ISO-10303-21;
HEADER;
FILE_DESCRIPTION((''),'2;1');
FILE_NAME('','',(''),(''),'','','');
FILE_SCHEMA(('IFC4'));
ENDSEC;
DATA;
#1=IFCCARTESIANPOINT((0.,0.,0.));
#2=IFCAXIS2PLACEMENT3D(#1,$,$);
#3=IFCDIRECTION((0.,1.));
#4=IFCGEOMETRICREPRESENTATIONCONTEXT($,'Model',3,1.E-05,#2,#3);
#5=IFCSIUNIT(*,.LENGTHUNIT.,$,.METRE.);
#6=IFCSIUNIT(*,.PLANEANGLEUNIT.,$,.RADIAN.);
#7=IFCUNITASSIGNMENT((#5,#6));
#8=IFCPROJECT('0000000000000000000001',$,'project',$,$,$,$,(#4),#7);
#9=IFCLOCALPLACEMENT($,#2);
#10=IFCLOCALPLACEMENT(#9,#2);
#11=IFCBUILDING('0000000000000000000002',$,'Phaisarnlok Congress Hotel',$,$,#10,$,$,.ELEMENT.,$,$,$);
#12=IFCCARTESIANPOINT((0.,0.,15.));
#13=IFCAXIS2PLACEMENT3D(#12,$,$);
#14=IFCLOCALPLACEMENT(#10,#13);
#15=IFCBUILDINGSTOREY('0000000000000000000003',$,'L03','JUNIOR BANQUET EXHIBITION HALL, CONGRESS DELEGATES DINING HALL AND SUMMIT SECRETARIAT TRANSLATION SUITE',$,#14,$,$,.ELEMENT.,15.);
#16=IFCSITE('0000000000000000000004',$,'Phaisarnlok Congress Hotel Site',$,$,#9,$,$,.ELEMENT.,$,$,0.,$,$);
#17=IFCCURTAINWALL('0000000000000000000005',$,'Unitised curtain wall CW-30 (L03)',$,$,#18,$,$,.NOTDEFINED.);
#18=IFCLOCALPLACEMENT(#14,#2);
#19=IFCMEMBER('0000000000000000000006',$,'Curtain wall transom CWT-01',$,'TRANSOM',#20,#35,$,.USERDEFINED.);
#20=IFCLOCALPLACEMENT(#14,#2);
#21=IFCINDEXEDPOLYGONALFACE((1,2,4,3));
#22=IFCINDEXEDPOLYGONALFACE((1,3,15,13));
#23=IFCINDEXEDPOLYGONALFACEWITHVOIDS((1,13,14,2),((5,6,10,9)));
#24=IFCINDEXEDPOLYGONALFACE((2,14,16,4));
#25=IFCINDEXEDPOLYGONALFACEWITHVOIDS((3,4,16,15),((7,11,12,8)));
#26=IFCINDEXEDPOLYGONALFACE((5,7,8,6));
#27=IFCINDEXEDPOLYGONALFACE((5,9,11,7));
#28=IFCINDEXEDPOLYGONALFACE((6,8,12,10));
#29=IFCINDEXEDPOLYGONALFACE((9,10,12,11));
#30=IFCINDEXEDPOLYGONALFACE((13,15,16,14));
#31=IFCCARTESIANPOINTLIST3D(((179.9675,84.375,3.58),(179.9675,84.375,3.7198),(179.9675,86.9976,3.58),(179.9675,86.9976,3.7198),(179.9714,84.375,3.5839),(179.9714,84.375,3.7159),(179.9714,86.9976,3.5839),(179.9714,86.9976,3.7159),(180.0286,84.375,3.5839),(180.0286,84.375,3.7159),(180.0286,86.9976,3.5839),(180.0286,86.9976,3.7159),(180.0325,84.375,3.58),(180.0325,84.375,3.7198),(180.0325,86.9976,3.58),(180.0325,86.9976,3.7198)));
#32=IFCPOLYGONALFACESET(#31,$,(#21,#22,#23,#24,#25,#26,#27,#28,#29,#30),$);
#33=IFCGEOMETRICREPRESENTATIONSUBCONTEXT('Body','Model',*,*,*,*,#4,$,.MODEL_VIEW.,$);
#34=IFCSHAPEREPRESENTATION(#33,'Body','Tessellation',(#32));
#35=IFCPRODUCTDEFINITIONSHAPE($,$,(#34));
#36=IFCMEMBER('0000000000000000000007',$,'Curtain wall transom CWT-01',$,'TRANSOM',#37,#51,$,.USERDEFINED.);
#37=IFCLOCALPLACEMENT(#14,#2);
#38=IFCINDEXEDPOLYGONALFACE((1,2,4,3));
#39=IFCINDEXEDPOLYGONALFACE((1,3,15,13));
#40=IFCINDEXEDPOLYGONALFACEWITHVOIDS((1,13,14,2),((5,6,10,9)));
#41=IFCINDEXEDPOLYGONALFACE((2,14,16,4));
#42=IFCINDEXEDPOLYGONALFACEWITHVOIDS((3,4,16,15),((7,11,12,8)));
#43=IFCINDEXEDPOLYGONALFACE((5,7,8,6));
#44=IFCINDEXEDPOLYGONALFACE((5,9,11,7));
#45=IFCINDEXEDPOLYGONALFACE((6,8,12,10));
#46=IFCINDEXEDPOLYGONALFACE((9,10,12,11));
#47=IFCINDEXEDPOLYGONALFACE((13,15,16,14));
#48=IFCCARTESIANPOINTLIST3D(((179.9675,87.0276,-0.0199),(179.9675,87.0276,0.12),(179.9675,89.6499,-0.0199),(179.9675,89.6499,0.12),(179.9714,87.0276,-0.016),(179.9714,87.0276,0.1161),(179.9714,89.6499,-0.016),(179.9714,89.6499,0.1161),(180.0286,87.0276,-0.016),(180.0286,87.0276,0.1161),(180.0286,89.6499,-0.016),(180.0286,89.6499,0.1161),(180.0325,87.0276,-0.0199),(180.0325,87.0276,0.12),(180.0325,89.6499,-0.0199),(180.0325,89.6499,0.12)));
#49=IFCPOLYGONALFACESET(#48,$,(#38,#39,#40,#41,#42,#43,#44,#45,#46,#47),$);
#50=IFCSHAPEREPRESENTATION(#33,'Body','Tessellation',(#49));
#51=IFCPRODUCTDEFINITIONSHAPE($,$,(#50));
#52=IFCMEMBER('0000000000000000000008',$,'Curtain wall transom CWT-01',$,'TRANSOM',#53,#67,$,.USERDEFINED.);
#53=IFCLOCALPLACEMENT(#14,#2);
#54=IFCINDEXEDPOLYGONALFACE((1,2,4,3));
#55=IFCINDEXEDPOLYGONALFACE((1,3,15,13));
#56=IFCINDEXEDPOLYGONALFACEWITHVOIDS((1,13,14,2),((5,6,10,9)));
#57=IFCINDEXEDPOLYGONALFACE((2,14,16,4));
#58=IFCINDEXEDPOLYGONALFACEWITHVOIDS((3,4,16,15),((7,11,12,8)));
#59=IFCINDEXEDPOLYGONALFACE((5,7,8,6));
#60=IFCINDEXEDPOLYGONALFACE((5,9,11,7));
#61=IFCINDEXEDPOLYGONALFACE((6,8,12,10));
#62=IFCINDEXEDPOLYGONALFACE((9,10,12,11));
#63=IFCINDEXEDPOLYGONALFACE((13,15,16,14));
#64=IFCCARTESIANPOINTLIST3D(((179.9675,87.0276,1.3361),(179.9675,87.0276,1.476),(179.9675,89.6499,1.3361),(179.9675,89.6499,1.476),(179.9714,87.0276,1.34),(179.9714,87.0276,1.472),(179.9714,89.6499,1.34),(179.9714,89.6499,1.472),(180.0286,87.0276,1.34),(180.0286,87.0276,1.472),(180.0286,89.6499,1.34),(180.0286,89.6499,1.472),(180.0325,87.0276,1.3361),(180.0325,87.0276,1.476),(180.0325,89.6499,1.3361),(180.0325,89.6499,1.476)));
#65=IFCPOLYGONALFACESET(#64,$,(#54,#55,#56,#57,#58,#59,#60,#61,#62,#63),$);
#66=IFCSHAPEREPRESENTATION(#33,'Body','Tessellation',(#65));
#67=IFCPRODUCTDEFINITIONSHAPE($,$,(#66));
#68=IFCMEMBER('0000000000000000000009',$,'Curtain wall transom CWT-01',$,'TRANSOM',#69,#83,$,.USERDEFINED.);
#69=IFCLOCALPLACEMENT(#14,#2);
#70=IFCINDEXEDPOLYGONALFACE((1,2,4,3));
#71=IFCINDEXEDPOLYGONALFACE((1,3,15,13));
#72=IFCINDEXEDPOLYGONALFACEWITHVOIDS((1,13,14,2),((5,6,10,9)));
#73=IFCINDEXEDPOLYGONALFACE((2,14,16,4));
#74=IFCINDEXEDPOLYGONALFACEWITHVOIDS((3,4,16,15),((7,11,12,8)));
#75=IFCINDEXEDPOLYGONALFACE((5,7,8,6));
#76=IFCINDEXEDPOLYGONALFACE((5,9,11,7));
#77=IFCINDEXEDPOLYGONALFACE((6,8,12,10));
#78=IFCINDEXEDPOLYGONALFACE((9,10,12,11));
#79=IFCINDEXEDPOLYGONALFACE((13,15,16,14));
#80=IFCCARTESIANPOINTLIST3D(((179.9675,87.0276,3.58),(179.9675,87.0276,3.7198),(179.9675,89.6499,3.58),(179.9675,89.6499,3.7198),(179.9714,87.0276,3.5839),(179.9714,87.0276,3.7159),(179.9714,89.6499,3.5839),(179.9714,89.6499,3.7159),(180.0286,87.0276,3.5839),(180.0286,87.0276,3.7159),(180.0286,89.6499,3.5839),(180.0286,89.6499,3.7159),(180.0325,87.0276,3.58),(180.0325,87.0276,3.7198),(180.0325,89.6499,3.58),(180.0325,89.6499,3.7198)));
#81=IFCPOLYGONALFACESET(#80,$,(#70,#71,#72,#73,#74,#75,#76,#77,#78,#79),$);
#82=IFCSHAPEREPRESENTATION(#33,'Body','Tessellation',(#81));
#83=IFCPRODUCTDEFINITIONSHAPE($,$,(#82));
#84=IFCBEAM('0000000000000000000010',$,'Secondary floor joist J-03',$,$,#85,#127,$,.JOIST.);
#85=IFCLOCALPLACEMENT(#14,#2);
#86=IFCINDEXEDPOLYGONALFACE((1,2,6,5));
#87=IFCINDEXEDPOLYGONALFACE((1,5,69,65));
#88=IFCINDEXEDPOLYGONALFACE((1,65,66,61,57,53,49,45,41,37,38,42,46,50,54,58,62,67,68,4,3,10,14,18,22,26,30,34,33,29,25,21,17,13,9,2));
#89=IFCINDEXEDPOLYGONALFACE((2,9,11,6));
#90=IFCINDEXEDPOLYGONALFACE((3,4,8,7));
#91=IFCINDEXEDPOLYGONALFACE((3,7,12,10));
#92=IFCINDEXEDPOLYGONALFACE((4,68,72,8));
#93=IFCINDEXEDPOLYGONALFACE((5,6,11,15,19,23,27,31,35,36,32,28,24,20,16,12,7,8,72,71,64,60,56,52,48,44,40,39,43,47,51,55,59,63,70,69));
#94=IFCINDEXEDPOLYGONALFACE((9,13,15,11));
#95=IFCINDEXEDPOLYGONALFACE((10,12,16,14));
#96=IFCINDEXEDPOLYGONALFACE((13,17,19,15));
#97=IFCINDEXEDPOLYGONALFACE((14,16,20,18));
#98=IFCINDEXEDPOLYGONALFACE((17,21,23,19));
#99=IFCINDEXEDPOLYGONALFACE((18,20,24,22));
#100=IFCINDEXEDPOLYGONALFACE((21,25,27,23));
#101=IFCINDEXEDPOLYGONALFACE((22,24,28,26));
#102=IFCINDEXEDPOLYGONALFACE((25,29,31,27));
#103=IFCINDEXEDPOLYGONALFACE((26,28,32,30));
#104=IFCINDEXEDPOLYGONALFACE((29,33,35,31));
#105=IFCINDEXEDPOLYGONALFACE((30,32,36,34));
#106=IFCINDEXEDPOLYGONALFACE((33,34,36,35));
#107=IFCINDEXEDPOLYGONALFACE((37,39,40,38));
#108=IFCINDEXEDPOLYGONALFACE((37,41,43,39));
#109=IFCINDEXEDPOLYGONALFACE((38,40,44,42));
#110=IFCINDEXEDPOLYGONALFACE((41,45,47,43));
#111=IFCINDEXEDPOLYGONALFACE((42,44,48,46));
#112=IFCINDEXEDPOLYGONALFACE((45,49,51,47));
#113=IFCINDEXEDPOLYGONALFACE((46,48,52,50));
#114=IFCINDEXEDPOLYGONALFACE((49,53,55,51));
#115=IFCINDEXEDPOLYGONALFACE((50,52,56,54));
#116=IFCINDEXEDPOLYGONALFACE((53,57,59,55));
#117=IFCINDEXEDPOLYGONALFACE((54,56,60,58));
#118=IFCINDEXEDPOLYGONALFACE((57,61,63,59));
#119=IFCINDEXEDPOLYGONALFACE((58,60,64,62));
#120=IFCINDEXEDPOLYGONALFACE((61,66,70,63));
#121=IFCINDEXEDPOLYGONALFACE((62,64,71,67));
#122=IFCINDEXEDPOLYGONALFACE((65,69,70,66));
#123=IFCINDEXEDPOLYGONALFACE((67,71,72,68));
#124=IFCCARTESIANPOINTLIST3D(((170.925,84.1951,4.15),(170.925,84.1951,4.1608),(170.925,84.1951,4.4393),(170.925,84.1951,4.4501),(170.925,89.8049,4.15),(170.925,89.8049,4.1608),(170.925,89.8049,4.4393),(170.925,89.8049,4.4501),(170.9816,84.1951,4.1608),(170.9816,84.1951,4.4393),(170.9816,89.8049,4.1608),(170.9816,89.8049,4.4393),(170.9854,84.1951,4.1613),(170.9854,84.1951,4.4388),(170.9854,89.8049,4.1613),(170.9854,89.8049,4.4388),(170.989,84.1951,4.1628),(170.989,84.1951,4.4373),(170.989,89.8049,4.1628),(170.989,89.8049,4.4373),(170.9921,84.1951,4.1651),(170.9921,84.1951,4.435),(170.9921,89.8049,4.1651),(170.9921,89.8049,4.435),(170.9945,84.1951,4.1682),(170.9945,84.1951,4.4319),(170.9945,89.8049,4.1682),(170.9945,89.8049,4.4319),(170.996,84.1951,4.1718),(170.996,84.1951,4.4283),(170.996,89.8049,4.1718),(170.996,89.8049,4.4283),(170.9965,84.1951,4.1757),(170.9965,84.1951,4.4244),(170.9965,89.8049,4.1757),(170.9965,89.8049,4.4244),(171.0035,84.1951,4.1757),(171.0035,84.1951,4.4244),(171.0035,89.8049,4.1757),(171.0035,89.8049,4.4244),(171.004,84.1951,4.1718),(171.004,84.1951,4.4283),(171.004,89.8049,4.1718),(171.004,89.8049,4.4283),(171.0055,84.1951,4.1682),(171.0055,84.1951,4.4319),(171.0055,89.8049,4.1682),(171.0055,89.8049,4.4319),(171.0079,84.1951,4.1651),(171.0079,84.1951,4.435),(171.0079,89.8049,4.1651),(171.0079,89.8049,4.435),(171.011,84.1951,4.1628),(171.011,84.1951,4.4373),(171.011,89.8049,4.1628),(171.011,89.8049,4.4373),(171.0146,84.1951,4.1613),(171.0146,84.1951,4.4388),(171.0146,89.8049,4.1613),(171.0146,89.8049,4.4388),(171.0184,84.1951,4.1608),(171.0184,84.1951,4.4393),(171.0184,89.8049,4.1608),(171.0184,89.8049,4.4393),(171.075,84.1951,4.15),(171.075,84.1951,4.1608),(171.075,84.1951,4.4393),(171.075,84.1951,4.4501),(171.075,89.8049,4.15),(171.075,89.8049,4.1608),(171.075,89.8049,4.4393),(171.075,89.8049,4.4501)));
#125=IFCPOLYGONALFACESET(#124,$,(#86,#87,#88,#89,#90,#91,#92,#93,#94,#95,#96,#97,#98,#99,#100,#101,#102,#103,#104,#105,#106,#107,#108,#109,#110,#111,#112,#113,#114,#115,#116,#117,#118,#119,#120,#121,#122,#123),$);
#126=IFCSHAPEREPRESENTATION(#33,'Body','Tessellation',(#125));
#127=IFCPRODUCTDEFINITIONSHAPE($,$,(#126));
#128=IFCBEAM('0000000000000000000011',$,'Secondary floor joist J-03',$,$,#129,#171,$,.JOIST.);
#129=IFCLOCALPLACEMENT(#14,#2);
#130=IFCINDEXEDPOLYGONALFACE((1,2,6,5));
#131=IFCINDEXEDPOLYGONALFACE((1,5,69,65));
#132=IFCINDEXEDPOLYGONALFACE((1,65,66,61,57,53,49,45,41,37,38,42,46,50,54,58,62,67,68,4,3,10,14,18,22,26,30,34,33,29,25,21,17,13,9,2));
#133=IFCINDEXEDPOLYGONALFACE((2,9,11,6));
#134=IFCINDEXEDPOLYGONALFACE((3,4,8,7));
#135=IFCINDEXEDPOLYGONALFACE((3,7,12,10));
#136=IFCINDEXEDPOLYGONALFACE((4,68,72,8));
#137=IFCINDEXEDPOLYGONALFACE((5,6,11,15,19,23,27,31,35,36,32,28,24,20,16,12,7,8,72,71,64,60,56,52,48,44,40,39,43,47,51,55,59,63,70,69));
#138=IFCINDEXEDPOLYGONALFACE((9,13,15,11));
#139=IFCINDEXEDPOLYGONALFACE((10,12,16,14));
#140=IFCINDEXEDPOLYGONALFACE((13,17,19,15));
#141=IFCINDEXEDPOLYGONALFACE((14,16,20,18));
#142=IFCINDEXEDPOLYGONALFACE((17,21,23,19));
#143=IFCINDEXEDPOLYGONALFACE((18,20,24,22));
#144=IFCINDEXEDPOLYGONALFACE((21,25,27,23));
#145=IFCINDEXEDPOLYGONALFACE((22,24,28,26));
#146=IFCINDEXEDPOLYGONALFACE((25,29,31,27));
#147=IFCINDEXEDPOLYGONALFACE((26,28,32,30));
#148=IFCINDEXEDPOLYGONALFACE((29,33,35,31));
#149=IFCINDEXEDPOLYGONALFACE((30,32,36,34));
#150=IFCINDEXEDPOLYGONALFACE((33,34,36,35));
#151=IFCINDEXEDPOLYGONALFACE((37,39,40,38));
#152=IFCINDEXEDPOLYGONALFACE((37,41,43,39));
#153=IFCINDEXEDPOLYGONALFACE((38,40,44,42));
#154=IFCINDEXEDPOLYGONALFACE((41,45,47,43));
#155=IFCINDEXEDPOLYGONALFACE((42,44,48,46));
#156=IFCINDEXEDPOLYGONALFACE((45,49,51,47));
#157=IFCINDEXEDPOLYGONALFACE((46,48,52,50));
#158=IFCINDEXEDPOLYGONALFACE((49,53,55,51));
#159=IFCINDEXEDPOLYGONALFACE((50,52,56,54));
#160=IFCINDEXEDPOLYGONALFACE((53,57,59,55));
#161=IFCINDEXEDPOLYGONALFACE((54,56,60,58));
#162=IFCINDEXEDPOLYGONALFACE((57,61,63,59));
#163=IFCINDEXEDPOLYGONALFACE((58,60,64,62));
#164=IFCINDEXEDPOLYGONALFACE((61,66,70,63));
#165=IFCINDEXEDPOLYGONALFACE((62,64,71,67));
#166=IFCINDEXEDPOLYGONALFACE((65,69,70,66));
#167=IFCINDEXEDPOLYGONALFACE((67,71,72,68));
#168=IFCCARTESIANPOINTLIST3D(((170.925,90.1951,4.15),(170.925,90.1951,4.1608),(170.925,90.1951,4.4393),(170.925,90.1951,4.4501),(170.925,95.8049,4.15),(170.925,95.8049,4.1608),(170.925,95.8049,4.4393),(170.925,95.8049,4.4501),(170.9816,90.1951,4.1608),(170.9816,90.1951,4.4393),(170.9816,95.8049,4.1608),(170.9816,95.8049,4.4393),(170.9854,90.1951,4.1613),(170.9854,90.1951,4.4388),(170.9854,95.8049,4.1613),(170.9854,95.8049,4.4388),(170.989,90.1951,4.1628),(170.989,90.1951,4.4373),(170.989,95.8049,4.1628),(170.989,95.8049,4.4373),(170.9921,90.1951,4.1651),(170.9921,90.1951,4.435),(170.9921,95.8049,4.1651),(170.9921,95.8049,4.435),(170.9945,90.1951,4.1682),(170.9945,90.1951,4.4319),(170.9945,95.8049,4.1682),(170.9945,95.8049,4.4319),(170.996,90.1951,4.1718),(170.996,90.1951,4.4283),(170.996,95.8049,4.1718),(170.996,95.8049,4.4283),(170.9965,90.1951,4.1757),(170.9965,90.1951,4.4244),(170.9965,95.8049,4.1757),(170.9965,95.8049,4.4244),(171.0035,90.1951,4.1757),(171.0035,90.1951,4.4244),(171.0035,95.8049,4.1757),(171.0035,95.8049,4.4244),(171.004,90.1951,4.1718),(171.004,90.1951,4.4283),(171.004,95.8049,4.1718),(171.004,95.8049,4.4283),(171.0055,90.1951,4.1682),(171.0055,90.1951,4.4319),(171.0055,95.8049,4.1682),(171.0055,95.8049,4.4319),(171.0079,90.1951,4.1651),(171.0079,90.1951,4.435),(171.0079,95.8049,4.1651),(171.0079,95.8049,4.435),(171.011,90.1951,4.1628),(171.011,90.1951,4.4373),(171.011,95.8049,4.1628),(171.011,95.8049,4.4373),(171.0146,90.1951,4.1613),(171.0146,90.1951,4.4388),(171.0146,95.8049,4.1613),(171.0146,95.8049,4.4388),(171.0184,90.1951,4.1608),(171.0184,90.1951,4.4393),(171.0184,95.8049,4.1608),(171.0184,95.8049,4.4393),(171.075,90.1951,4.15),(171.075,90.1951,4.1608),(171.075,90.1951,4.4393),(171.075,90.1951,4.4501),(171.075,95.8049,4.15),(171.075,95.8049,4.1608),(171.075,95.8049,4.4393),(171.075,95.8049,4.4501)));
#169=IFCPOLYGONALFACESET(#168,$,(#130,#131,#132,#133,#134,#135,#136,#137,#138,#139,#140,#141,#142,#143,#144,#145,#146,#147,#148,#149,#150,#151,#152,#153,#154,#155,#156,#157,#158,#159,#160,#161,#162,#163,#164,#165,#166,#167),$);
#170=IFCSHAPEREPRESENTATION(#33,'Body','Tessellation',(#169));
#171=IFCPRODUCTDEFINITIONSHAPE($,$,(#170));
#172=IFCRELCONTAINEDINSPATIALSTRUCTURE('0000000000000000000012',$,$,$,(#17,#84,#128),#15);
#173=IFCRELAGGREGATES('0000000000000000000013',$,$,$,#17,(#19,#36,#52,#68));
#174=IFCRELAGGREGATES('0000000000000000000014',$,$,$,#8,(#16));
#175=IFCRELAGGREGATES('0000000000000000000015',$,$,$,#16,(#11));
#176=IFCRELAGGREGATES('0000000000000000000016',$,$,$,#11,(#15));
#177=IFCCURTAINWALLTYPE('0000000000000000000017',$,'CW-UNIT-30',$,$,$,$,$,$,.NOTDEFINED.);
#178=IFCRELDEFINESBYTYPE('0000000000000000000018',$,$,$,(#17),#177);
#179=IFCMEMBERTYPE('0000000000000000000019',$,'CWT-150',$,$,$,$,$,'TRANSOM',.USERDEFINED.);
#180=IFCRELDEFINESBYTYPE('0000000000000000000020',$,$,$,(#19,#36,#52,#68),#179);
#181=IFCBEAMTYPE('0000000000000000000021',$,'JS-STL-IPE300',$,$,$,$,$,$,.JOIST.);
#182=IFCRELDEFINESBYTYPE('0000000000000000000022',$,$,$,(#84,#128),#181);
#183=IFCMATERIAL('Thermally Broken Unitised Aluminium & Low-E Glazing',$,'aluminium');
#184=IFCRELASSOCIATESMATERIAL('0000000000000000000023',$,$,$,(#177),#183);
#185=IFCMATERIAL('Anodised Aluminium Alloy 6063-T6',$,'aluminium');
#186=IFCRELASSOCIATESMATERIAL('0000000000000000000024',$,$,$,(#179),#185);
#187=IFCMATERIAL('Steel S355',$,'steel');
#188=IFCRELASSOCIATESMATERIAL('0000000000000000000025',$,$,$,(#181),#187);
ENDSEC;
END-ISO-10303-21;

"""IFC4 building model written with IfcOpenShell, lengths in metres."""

from ifc_helpers import new_model, si_unit, direction, frame, origin, origin_2d, place, context, subcontext, project, spatial, hollow_rectangle, i_section, extrude, material, material_profile, profile_set, type_object, element, aggregate, save


model = new_model("IFC4")

# Units and contexts
model_context = context("Model", 3, precision=1e-05, world=origin(), true_north=direction((0.0, 1.0)))
body_context = subcontext(model_context, "Body", "Model", "MODEL_VIEW")
ifc_project = project(units=[si_unit("LENGTHUNIT", "METRE"), si_unit("PLANEANGLEUNIT", "RADIAN")], contexts=[model_context])

# Site, building, storey
site_placement = place(None, origin())
site = spatial("IfcSite", under=ifc_project, at=site_placement, Name="Phaisarnlok Congress Hotel Site", CompositionType="ELEMENT", RefElevation=0.0)
building_placement = place(site_placement, origin())
building = spatial("IfcBuilding", under=site, at=building_placement, Name="Phaisarnlok Congress Hotel", CompositionType="ELEMENT")
storey_placement = place(building_placement, frame((0.0, 0.0, 15.0)))
storey = spatial("IfcBuildingStorey", under=building, at=storey_placement, Name="L03", Description="JUNIOR BANQUET EXHIBITION HALL, CONGRESS DELEGATES DINING HALL AND SUMMIT SECRETARIAT TRANSLATION SUITE", CompositionType="ELEMENT", Elevation=15.0)

# Shared definitions
ifc_material_1 = material(Name="Steel S355", Category="steel")

# Curtain wall, members
ifc_material_2 = material(Name="Thermally Broken Unitised Aluminium & Low-E Glazing", Category="aluminium")
curtain_wall_type = type_object("IfcCurtainWallType", Name="CW-UNIT-30", PredefinedType="NOTDEFINED", material=ifc_material_2)
curtain_wall_placement = place(storey_placement, origin())
curtain_wall = element("IfcCurtainWall", 1, at=curtain_wall_placement, inside=storey, type_object=curtain_wall_type, Name="Unitised curtain wall CW-30 (L03)", PredefinedType="NOTDEFINED")
ifc_material_3 = material(Name="Anodised Aluminium Alloy 6063-T6", Category="aluminium")
ifc_material_profile_1 = material_profile(ifc_material_3, hollow_rectangle(XDim=0.0649, YDim=0.1399, WallThickness=0.0039, at=origin_2d()), Name="ALU-T 65x140x4")
ifc_profile_set_1 = profile_set([ifc_material_profile_1], Name="Anodised Aluminium Alloy 6063-T6")
member_type_1 = type_object("IfcMemberType", Name="CWT-150", ElementType="TRANSOM", PredefinedType="USERDEFINED", material=ifc_profile_set_1)
member_1_placement = place(storey_placement, frame((180.0, 84.375, 3.6499), z_axis=(0.0, 1.0, 0.0), x_axis=(-1.0, 0.0, 0.0)))
member_1 = element("IfcMember", 2, at=member_1_placement, type_object=member_type_1, Name="Curtain wall transom CWT-01", ObjectType="TRANSOM", PredefinedType="USERDEFINED", context=body_context, shape_type="SweptSolid", body=[
    extrude(hollow_rectangle(XDim=0.0649, YDim=0.1399, WallThickness=0.0039, at=origin_2d()), origin(), (0.0, 0.0, 1.0), 2.6226),
])
member_2_placement = place(storey_placement, frame((180.0, 87.0276, 0.05), z_axis=(0.0, 1.0, 0.0), x_axis=(-1.0, 0.0, 0.0)))
member_2 = element("IfcMember", 3, at=member_2_placement, type_object=member_type_1, Name="Curtain wall transom CWT-01", ObjectType="TRANSOM", PredefinedType="USERDEFINED", context=body_context, shape_type="SweptSolid", body=[
    extrude(hollow_rectangle(XDim=0.0649, YDim=0.1399, WallThickness=0.0039, at=origin_2d()), origin(), (0.0, 0.0, 1.0), 2.6223),
])
member_3_placement = place(storey_placement, frame((180.0, 87.0276, 1.406), z_axis=(0.0, 1.0, 0.0), x_axis=(-1.0, 0.0, 0.0)))
member_3 = element("IfcMember", 4, at=member_3_placement, type_object=member_type_1, Name="Curtain wall transom CWT-01", ObjectType="TRANSOM", PredefinedType="USERDEFINED", context=body_context, shape_type="SweptSolid", body=[
    extrude(hollow_rectangle(XDim=0.0649, YDim=0.1399, WallThickness=0.0039, at=origin_2d()), origin(), (0.0, 0.0, 1.0), 2.6223),
])
member_4_placement = place(storey_placement, frame((180.0, 87.0276, 3.6499), z_axis=(0.0, 1.0, 0.0), x_axis=(-1.0, 0.0, 0.0)))
member_4 = element("IfcMember", 5, at=member_4_placement, type_object=member_type_1, Name="Curtain wall transom CWT-01", ObjectType="TRANSOM", PredefinedType="USERDEFINED", context=body_context, shape_type="SweptSolid", body=[
    extrude(hollow_rectangle(XDim=0.0649, YDim=0.1399, WallThickness=0.0039, at=origin_2d()), origin(), (0.0, 0.0, 1.0), 2.6223),
])

# Beams
ifc_material_profile_2 = material_profile(ifc_material_1, i_section(OverallWidth=0.1499, OverallDepth=0.3, WebThickness=0.0071, FlangeThickness=0.0107, FilletRadius=0.0149, at=origin_2d()), Name="IPE 300")
ifc_profile_set_2 = profile_set([ifc_material_profile_2], Name="Steel S355")
beam_type_1 = type_object("IfcBeamType", Name="JS-STL-IPE300", PredefinedType="JOIST", material=ifc_profile_set_2)
for number, where, z_axis, x_axis, name in (
    (6, (171.0, 84.1951, 4.3), (0.0, 1.0, 0.0), (-1.0, 0.0, 0.0), "Secondary floor joist J-03"),
    (7, (171.0, 90.1951, 4.3), (0.0, 1.0, 0.0), (-1.0, 0.0, 0.0), "Secondary floor joist J-03"),
):
    element("IfcBeam", number, at=place(storey_placement, frame(where, z_axis=z_axis, x_axis=x_axis)), inside=storey, type_object=beam_type_1, Name=name, PredefinedType="JOIST", context=body_context, shape_type="SweptSolid", body=[
        extrude(i_section(OverallWidth=0.1499, OverallDepth=0.3, WebThickness=0.0071, FlangeThickness=0.0107, FilletRadius=0.0149, at=origin_2d()), origin(), (0.0, 0.0, 1.0), 5.6099),
    ])

aggregate(curtain_wall, [member_1, member_2, member_3, member_4])

save(model, "model.ifc")
